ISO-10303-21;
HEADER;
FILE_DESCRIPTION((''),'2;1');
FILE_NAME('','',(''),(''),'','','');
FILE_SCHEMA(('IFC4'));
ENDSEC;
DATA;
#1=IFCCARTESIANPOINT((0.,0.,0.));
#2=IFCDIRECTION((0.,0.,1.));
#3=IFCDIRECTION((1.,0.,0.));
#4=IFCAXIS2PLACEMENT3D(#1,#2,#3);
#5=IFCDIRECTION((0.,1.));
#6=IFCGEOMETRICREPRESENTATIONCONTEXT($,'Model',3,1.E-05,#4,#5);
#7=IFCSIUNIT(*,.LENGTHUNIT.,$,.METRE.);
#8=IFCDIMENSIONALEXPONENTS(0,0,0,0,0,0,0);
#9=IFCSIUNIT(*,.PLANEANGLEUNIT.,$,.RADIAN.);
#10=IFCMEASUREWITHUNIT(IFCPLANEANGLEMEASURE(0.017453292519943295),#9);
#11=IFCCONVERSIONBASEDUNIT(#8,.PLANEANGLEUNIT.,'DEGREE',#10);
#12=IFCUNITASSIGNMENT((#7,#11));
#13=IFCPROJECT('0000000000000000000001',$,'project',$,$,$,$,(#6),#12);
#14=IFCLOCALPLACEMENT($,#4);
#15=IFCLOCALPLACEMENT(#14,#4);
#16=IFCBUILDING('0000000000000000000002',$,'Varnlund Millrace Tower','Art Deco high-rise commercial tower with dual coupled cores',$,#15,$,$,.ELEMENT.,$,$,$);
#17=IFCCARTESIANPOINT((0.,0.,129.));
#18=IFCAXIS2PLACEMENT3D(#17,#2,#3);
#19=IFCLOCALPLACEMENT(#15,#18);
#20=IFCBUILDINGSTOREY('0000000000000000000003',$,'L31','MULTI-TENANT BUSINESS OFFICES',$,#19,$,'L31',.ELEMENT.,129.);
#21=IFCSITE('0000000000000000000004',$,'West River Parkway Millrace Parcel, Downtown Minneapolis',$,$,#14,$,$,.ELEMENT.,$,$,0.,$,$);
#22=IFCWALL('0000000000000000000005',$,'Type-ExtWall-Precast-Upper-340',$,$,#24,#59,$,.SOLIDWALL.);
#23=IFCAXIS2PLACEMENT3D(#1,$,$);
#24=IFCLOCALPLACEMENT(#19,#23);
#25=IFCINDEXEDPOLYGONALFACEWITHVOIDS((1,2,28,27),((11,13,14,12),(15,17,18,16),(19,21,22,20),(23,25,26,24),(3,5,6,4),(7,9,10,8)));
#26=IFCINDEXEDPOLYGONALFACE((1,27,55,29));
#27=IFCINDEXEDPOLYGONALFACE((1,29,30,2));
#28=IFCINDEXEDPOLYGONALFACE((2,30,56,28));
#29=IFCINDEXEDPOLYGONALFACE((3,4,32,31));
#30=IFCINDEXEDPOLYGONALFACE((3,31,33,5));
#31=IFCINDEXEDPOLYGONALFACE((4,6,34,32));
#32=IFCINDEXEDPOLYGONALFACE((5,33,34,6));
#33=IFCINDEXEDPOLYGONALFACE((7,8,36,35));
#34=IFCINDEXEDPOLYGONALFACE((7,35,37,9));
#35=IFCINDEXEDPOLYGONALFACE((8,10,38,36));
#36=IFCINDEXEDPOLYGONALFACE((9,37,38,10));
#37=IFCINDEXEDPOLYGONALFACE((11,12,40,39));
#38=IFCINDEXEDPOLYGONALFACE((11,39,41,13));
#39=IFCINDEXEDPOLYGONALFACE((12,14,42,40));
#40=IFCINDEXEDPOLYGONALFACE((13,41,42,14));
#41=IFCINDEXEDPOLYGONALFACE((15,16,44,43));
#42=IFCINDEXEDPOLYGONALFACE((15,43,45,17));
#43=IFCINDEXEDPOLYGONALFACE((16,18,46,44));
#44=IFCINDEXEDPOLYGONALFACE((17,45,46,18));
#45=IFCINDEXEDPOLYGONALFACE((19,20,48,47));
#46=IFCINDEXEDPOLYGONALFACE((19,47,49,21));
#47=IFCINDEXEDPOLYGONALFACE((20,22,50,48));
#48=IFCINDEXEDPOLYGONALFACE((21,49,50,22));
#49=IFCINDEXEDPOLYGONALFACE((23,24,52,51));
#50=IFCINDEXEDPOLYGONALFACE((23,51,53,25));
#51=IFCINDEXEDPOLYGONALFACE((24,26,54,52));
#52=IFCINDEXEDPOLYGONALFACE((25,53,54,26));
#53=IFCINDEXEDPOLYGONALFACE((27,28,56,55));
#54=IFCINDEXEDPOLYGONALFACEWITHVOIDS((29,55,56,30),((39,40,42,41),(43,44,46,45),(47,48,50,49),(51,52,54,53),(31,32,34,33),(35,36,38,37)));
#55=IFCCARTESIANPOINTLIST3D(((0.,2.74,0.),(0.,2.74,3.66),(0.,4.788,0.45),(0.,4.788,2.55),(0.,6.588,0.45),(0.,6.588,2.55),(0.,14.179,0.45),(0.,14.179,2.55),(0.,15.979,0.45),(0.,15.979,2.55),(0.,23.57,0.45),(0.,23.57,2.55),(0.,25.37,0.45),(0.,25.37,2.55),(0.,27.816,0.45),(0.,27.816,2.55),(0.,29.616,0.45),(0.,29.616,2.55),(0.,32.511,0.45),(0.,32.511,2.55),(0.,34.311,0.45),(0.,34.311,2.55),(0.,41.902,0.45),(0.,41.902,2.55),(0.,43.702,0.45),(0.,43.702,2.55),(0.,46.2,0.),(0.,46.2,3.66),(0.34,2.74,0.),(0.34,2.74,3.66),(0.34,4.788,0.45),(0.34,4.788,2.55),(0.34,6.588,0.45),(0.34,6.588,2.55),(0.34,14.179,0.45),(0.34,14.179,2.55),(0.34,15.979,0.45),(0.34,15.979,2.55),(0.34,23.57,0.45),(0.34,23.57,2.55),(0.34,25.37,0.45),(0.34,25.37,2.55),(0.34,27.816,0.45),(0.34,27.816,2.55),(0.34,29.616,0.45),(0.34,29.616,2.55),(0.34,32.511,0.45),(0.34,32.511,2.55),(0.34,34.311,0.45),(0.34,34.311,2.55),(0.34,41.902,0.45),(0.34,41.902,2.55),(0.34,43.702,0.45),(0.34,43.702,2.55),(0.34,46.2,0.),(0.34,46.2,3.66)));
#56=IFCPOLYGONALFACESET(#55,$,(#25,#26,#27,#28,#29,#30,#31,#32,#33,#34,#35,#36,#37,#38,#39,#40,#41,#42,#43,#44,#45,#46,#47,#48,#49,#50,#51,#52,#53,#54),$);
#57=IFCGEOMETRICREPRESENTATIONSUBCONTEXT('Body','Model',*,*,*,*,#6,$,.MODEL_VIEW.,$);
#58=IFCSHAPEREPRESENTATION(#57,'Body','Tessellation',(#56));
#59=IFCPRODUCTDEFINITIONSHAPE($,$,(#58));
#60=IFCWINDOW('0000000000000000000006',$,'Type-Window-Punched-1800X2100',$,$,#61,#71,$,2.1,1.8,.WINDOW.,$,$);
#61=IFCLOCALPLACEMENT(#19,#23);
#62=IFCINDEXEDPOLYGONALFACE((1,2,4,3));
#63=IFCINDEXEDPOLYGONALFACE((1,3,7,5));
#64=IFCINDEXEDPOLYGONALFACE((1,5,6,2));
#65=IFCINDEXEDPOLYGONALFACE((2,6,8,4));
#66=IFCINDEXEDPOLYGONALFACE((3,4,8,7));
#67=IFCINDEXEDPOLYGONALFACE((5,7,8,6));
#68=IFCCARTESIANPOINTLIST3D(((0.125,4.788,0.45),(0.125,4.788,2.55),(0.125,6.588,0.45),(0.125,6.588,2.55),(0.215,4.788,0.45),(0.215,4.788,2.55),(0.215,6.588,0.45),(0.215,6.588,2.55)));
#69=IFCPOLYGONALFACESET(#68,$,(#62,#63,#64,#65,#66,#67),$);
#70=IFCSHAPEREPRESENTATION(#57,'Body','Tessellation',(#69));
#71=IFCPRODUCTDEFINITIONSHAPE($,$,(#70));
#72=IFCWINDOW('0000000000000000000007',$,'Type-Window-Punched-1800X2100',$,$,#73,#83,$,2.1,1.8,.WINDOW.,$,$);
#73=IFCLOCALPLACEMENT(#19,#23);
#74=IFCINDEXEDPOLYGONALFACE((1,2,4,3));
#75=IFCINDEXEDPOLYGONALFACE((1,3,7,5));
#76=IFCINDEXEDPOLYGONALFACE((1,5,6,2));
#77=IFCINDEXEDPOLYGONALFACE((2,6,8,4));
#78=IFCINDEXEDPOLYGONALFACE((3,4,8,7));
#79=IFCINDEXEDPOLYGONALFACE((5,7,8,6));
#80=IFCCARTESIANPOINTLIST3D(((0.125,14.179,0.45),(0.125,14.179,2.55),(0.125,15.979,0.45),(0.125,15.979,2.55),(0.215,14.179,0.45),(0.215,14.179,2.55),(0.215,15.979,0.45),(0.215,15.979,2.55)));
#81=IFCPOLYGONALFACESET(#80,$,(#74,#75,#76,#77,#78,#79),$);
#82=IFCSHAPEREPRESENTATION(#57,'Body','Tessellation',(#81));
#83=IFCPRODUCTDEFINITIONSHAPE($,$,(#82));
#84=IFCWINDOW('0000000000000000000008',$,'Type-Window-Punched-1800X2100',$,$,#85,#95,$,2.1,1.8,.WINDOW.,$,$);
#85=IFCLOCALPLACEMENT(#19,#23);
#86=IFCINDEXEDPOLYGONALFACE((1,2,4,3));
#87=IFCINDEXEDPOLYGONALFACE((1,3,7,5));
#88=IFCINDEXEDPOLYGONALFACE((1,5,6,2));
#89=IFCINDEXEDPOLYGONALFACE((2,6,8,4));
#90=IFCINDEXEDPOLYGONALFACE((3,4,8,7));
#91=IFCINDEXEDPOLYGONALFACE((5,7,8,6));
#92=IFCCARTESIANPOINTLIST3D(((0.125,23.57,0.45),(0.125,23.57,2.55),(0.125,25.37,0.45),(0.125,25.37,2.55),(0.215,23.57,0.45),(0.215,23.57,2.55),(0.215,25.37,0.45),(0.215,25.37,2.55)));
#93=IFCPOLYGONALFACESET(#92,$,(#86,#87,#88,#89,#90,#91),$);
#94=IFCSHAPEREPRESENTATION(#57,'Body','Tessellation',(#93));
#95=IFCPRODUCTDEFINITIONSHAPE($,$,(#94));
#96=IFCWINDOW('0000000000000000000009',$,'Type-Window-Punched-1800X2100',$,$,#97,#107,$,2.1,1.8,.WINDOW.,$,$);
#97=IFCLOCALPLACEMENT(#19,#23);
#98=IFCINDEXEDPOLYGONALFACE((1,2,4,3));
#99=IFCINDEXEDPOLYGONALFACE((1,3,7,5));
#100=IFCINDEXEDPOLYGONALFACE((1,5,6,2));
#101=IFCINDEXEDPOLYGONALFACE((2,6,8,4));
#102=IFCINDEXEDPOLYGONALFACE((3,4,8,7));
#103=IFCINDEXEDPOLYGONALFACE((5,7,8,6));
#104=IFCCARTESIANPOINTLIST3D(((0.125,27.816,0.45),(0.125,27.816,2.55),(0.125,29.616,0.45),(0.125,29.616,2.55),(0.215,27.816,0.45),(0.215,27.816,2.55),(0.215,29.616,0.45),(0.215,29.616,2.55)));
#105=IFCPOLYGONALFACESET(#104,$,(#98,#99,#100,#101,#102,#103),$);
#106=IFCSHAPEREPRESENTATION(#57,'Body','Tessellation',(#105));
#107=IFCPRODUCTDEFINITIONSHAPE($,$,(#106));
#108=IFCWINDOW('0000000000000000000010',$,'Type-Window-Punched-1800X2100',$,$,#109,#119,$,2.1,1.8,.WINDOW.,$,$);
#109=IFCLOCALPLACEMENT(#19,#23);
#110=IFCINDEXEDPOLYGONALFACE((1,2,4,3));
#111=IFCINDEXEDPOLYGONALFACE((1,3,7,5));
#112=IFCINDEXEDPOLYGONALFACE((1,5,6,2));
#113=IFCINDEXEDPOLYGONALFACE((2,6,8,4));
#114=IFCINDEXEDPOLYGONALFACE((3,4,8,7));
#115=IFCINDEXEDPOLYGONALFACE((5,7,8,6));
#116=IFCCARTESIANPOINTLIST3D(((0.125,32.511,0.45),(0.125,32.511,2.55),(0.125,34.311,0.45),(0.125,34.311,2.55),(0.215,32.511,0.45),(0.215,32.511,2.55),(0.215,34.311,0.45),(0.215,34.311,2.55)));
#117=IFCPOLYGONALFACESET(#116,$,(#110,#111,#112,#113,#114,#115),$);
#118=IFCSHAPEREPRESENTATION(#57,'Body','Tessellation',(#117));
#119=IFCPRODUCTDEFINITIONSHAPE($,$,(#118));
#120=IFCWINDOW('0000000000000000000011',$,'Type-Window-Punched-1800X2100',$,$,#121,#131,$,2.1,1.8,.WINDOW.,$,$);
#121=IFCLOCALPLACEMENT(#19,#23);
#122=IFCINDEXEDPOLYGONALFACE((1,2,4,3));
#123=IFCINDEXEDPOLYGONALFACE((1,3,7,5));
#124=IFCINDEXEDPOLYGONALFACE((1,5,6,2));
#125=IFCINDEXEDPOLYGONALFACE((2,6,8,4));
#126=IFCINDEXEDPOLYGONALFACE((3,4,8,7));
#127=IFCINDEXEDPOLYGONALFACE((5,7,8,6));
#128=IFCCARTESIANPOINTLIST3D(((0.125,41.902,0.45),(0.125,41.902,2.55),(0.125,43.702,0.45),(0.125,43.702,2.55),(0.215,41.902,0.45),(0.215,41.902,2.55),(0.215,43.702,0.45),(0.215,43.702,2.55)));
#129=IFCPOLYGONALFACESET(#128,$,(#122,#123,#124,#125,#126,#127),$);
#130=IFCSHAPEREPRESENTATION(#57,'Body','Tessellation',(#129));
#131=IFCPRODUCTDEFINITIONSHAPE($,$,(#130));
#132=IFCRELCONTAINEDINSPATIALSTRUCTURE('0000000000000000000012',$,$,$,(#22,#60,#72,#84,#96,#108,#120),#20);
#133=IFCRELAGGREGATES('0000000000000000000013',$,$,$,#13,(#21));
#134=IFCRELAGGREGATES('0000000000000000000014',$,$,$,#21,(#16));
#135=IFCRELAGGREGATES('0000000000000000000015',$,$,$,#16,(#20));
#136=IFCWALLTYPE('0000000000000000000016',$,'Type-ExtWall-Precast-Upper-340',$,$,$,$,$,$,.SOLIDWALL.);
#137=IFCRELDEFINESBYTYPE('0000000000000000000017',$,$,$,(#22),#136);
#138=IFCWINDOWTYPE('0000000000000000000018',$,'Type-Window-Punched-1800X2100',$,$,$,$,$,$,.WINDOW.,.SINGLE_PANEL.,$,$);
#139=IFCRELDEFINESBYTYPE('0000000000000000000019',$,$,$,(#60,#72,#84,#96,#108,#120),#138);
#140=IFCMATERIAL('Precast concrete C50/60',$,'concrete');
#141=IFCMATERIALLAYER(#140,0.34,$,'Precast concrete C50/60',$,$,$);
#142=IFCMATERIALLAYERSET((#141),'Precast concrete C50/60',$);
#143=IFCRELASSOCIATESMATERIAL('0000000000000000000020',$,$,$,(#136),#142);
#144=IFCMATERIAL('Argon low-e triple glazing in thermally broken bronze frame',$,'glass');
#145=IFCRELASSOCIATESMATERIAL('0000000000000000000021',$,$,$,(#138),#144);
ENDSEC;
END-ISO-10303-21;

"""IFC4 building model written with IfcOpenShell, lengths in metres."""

from ifc_helpers import new_model, entity, si_unit, converted_unit, direction, frame, origin_with_axes, origin_2d_with_axis, place, context, subcontext, project, spatial, polyline, rectangle, outline, extrude, material, layer, layer_set, type_object, element, fill, save


model = new_model("IFC4")

# Units and contexts
model_context = context("Model", 3, precision=1e-05, world=origin_with_axes(), true_north=direction((0.0, 1.0)))
body_context = subcontext(model_context, "Body", "Model", "MODEL_VIEW")
ifc_project = project(units=[si_unit("LENGTHUNIT", "METRE"), converted_unit("PLANEANGLEUNIT", "DEGREE", entity("IfcPlaneAngleMeasure", 0.017453292519943295), si_unit("PLANEANGLEUNIT", "RADIAN"), dimensions=[0, 0, 0, 0, 0, 0, 0])], contexts=[model_context])

# Site, building, storey
site_placement = place(None, origin_with_axes())
site = spatial("IfcSite", under=ifc_project, at=site_placement, Name="West River Parkway Millrace Parcel, Downtown Minneapolis", CompositionType="ELEMENT", RefElevation=0.0)
building_placement = place(site_placement, origin_with_axes())
building = spatial("IfcBuilding", under=site, at=building_placement, Name="Varnlund Millrace Tower", Description="Art Deco high-rise commercial tower with dual coupled cores", CompositionType="ELEMENT")
storey_placement = place(building_placement, frame((0.0, 0.0, 129.0), z_axis=(0.0, 0.0, 1.0), x_axis=(1.0, 0.0, 0.0)))
storey = spatial("IfcBuildingStorey", under=building, at=storey_placement, Name="L31", Description="MULTI-TENANT BUSINESS OFFICES", LongName="L31", CompositionType="ELEMENT", Elevation=129.0)

# Shared definitions
ifc_material_1 = material(Name="Precast concrete C50/60", Category="concrete")
ifc_layer_1 = layer(ifc_material_1, 0.34, Name="Precast concrete C50/60")
ifc_layer_set_1 = layer_set([ifc_layer_1], Name="Precast concrete C50/60")
wall_type = type_object("IfcWallType", Name="Type-ExtWall-Precast-Upper-340", PredefinedType="SOLIDWALL", material=ifc_layer_set_1)

# Wall, openings, windows
wall_1_placement = place(storey_placement, frame((0.17, 2.74, 0.0), z_axis=(0.0, 0.0, 1.0), x_axis=(0.0, 1.0, 0.0)))
wall_1 = element("IfcWall", 1, at=wall_1_placement, inside=storey, type_object=wall_type, Name="Type-ExtWall-Precast-Upper-340", PredefinedType="SOLIDWALL", context=body_context, shape_type="SweptSolid", body=[
    extrude(outline(polyline([(0.0, -0.17), (43.46, -0.17), (43.46, 0.17), (0.0, 0.17), (0.0, -0.17)])), origin_with_axes(), (0.0, 0.0, 1.0), 3.66),
])
opening_1_placement = place(wall_1_placement, frame((2.948, 0.0, 0.45), z_axis=(0.0, 0.0, 1.0), x_axis=(1.0, 0.0, 0.0)))
opening_1 = element("IfcOpeningElement", 2, at=opening_1_placement, cuts=wall_1, PredefinedType="OPENING", context=body_context, shape_type="SweptSolid", body=[
    extrude(rectangle(XDim=1.8, YDim=0.36, at=origin_2d_with_axis()), origin_with_axes(), (0.0, 0.0, 1.0), 2.1),
])
opening_2_placement = place(wall_1_placement, frame((12.339, 0.0, 0.45), z_axis=(0.0, 0.0, 1.0), x_axis=(1.0, 0.0, 0.0)))
opening_2 = element("IfcOpeningElement", 3, at=opening_2_placement, cuts=wall_1, PredefinedType="OPENING", context=body_context, shape_type="SweptSolid", body=[
    extrude(rectangle(XDim=1.8, YDim=0.36, at=origin_2d_with_axis()), origin_with_axes(), (0.0, 0.0, 1.0), 2.1),
])
opening_3_placement = place(wall_1_placement, frame((21.73, 0.0, 0.45), z_axis=(0.0, 0.0, 1.0), x_axis=(1.0, 0.0, 0.0)))
opening_3 = element("IfcOpeningElement", 4, at=opening_3_placement, cuts=wall_1, PredefinedType="OPENING", context=body_context, shape_type="SweptSolid", body=[
    extrude(rectangle(XDim=1.8, YDim=0.36, at=origin_2d_with_axis()), origin_with_axes(), (0.0, 0.0, 1.0), 2.1),
])
opening_4_placement = place(wall_1_placement, frame((25.976, 0.0, 0.45), z_axis=(0.0, 0.0, 1.0), x_axis=(1.0, 0.0, 0.0)))
opening_4 = element("IfcOpeningElement", 5, at=opening_4_placement, cuts=wall_1, PredefinedType="OPENING", context=body_context, shape_type="SweptSolid", body=[
    extrude(rectangle(XDim=1.8, YDim=0.36, at=origin_2d_with_axis()), origin_with_axes(), (0.0, 0.0, 1.0), 2.1),
])
opening_5_placement = place(wall_1_placement, frame((30.671, 0.0, 0.45), z_axis=(0.0, 0.0, 1.0), x_axis=(1.0, 0.0, 0.0)))
opening_5 = element("IfcOpeningElement", 6, at=opening_5_placement, cuts=wall_1, PredefinedType="OPENING", context=body_context, shape_type="SweptSolid", body=[
    extrude(rectangle(XDim=1.8, YDim=0.36, at=origin_2d_with_axis()), origin_with_axes(), (0.0, 0.0, 1.0), 2.1),
])
opening_6_placement = place(wall_1_placement, frame((40.062, 0.0, 0.45), z_axis=(0.0, 0.0, 1.0), x_axis=(1.0, 0.0, 0.0)))
opening_6 = element("IfcOpeningElement", 7, at=opening_6_placement, cuts=wall_1, PredefinedType="OPENING", context=body_context, shape_type="SweptSolid", body=[
    extrude(rectangle(XDim=1.8, YDim=0.36, at=origin_2d_with_axis()), origin_with_axes(), (0.0, 0.0, 1.0), 2.1),
])
ifc_material_2 = material(Name="Argon low-e triple glazing in thermally broken bronze frame", Category="glass")
window_type = type_object("IfcWindowType", Name="Type-Window-Punched-1800X2100", PartitioningType="SINGLE_PANEL", PredefinedType="WINDOW", material=ifc_material_2)
window_1_placement = place(wall_1_placement, frame((2.948, 0.0, 0.45), z_axis=(0.0, 0.0, 1.0), x_axis=(1.0, 0.0, 0.0)))
window_1 = element("IfcWindow", 8, at=window_1_placement, inside=storey, type_object=window_type, Name="Type-Window-Punched-1800X2100", OverallHeight=2.1, OverallWidth=1.8, PredefinedType="WINDOW", context=body_context, shape_type="SweptSolid", body=[
    extrude(rectangle(XDim=1.8, YDim=0.09, at=origin_2d_with_axis()), origin_with_axes(), (0.0, 0.0, 1.0), 2.1),
])
fill(opening_1, window_1)
window_2_placement = place(wall_1_placement, frame((12.339, 0.0, 0.45), z_axis=(0.0, 0.0, 1.0), x_axis=(1.0, 0.0, 0.0)))
window_2 = element("IfcWindow", 9, at=window_2_placement, inside=storey, type_object=window_type, Name="Type-Window-Punched-1800X2100", OverallHeight=2.1, OverallWidth=1.8, PredefinedType="WINDOW", context=body_context, shape_type="SweptSolid", body=[
    extrude(rectangle(XDim=1.8, YDim=0.09, at=origin_2d_with_axis()), origin_with_axes(), (0.0, 0.0, 1.0), 2.1),
])
fill(opening_2, window_2)
window_3_placement = place(wall_1_placement, frame((21.73, 0.0, 0.45), z_axis=(0.0, 0.0, 1.0), x_axis=(1.0, 0.0, 0.0)))
window_3 = element("IfcWindow", 10, at=window_3_placement, inside=storey, type_object=window_type, Name="Type-Window-Punched-1800X2100", OverallHeight=2.1, OverallWidth=1.8, PredefinedType="WINDOW", context=body_context, shape_type="SweptSolid", body=[
    extrude(rectangle(XDim=1.8, YDim=0.09, at=origin_2d_with_axis()), origin_with_axes(), (0.0, 0.0, 1.0), 2.1),
])
fill(opening_3, window_3)
window_4_placement = place(wall_1_placement, frame((25.976, 0.0, 0.45), z_axis=(0.0, 0.0, 1.0), x_axis=(1.0, 0.0, 0.0)))
window_4 = element("IfcWindow", 11, at=window_4_placement, inside=storey, type_object=window_type, Name="Type-Window-Punched-1800X2100", OverallHeight=2.1, OverallWidth=1.8, PredefinedType="WINDOW", context=body_context, shape_type="SweptSolid", body=[
    extrude(rectangle(XDim=1.8, YDim=0.09, at=origin_2d_with_axis()), origin_with_axes(), (0.0, 0.0, 1.0), 2.1),
])
fill(opening_4, window_4)
window_5_placement = place(wall_1_placement, frame((30.671, 0.0, 0.45), z_axis=(0.0, 0.0, 1.0), x_axis=(1.0, 0.0, 0.0)))
window_5 = element("IfcWindow", 12, at=window_5_placement, inside=storey, type_object=window_type, Name="Type-Window-Punched-1800X2100", OverallHeight=2.1, OverallWidth=1.8, PredefinedType="WINDOW", context=body_context, shape_type="SweptSolid", body=[
    extrude(rectangle(XDim=1.8, YDim=0.09, at=origin_2d_with_axis()), origin_with_axes(), (0.0, 0.0, 1.0), 2.1),
])
fill(opening_5, window_5)
window_6_placement = place(wall_1_placement, frame((40.062, 0.0, 0.45), z_axis=(0.0, 0.0, 1.0), x_axis=(1.0, 0.0, 0.0)))
window_6 = element("IfcWindow", 13, at=window_6_placement, inside=storey, type_object=window_type, Name="Type-Window-Punched-1800X2100", OverallHeight=2.1, OverallWidth=1.8, PredefinedType="WINDOW", context=body_context, shape_type="SweptSolid", body=[
    extrude(rectangle(XDim=1.8, YDim=0.09, at=origin_2d_with_axis()), origin_with_axes(), (0.0, 0.0, 1.0), 2.1),
])
fill(opening_6, window_6)

save(model, "model.ifc")
